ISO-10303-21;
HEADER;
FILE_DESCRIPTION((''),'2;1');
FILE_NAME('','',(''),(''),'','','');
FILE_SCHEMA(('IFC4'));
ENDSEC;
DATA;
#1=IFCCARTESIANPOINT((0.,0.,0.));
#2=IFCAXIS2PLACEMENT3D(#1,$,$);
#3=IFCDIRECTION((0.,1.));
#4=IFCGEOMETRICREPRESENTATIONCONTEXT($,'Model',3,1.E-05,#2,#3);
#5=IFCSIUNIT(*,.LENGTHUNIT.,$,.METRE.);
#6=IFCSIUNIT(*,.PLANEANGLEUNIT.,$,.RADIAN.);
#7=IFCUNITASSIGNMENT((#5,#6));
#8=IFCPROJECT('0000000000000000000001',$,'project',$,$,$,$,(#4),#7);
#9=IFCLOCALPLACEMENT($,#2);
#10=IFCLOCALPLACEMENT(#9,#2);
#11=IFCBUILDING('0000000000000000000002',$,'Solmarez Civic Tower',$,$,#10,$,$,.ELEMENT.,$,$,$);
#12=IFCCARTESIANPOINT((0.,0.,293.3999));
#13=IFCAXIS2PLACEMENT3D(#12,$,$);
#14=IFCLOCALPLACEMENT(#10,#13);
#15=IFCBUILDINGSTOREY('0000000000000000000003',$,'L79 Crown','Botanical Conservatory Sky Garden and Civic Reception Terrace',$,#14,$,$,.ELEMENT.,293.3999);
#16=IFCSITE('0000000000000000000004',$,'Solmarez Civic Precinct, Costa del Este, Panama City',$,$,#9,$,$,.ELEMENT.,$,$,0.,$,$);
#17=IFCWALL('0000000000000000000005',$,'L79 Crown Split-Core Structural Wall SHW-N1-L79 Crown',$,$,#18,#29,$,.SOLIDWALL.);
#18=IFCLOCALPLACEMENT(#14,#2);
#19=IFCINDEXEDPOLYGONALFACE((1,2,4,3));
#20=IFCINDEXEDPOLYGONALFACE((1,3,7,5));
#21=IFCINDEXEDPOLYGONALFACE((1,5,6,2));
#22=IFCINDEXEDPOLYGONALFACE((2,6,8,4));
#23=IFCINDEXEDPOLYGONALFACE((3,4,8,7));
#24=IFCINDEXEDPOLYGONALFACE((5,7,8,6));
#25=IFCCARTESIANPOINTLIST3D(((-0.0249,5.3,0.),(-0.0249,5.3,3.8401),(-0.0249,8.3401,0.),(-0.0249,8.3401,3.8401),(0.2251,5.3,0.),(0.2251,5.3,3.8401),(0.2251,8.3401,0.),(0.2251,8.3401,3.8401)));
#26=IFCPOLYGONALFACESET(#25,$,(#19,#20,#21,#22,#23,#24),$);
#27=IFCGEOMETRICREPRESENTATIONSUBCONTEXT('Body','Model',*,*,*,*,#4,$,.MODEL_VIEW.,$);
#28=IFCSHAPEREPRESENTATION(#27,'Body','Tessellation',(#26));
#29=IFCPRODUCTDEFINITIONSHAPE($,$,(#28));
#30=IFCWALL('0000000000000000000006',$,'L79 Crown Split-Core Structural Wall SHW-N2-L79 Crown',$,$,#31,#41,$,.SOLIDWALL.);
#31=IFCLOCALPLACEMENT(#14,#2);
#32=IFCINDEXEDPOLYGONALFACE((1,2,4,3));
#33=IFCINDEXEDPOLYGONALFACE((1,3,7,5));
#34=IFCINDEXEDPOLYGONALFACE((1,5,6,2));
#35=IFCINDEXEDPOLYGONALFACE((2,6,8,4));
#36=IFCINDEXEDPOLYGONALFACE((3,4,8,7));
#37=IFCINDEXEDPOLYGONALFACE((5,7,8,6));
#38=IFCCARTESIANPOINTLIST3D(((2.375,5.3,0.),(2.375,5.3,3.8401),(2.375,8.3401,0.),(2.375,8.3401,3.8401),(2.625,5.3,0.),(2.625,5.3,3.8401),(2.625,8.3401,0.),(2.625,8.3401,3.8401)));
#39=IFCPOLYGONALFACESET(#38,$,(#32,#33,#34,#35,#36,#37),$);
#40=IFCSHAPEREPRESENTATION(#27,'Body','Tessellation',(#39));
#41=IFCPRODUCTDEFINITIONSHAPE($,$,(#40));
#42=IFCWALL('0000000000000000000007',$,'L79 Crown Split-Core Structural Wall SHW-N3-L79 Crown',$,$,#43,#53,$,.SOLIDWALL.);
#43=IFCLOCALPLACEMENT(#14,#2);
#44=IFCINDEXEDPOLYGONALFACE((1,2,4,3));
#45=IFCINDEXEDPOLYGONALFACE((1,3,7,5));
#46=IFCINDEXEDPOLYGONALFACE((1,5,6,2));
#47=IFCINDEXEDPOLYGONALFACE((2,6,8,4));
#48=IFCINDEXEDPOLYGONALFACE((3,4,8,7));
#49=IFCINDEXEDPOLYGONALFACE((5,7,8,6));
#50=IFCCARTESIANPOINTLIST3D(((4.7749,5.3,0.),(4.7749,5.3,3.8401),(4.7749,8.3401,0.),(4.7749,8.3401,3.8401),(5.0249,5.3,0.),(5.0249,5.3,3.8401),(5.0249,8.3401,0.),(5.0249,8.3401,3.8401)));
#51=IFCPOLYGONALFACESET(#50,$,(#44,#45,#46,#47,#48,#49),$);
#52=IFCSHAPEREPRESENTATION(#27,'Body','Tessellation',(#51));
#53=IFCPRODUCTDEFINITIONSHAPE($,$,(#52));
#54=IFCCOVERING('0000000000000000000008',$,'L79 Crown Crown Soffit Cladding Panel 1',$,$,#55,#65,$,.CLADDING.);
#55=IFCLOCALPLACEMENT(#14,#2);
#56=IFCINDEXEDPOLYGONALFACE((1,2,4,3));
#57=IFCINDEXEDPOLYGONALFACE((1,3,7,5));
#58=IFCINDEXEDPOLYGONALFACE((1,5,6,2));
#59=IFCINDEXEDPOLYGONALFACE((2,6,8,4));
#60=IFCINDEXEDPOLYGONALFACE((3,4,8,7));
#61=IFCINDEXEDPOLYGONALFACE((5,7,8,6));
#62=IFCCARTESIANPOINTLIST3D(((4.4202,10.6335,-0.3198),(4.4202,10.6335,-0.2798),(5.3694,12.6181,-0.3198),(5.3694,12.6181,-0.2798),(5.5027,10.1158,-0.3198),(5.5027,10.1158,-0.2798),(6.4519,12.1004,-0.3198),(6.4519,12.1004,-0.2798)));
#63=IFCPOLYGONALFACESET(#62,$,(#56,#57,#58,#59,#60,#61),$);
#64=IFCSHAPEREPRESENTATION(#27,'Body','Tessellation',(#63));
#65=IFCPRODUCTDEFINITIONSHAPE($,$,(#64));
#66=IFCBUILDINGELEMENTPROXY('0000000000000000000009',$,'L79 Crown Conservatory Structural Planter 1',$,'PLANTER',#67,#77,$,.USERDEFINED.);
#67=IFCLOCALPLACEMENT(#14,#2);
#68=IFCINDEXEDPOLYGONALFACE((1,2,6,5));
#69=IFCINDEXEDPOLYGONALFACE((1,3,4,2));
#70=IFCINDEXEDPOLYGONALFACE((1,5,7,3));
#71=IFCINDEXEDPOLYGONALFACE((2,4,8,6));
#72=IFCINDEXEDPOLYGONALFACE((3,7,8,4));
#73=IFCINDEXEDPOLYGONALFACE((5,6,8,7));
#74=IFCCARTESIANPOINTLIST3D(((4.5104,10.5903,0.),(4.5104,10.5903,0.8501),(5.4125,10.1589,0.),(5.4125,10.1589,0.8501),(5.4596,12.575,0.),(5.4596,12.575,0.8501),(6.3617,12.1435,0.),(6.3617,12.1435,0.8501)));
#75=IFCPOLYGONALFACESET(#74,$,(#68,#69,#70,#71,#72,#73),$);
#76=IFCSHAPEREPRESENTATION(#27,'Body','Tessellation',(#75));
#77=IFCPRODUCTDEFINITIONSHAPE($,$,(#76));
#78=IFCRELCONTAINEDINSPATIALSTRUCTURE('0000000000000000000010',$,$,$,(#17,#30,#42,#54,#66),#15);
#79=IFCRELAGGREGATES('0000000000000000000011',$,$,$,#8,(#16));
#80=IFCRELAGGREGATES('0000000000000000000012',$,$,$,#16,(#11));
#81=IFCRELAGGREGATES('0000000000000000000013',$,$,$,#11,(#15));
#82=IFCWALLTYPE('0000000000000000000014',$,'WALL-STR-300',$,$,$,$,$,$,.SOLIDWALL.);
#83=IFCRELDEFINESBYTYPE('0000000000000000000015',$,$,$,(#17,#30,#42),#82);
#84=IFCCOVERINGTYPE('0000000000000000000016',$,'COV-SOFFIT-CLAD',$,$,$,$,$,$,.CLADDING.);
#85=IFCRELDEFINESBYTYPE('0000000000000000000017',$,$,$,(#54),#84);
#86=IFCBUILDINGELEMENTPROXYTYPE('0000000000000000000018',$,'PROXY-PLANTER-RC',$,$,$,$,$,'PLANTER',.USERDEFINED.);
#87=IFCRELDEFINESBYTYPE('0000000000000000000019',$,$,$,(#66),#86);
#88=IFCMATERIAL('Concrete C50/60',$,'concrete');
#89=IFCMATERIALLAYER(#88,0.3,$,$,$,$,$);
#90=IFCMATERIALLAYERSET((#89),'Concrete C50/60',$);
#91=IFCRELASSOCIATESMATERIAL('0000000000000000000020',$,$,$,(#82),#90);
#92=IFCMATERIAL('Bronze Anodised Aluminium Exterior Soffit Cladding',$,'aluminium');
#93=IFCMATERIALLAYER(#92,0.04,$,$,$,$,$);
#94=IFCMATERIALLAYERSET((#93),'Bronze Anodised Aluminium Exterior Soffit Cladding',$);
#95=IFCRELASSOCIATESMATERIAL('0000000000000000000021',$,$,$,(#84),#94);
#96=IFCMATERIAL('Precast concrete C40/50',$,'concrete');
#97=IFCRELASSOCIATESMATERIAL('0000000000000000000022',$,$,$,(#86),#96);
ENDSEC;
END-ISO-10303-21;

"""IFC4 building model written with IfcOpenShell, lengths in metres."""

from ifc_helpers import new_model, si_unit, direction, frame, frame_2d, origin, origin_2d, place, context, subcontext, project, spatial, rectangle, extrude, material, layer, layer_set, type_object, element, save


model = new_model("IFC4")

# Units and contexts
model_context = context("Model", 3, precision=1e-05, world=origin(), true_north=direction((0.0, 1.0)))
body_context = subcontext(model_context, "Body", "Model", "MODEL_VIEW")
ifc_project = project(units=[si_unit("LENGTHUNIT", "METRE"), si_unit("PLANEANGLEUNIT", "RADIAN")], contexts=[model_context])

# Site, building, storey
site_placement = place(None, origin())
site = spatial("IfcSite", under=ifc_project, at=site_placement, Name="Solmarez Civic Precinct, Costa del Este, Panama City", CompositionType="ELEMENT", RefElevation=0.0)
building_placement = place(site_placement, origin())
building = spatial("IfcBuilding", under=site, at=building_placement, Name="Solmarez Civic Tower", CompositionType="ELEMENT")
storey_placement = place(building_placement, frame((0.0, 0.0, 293.3999)))
storey = spatial("IfcBuildingStorey", under=building, at=storey_placement, Name="L79 Crown", Description="Botanical Conservatory Sky Garden and Civic Reception Terrace", CompositionType="ELEMENT", Elevation=293.3999)

# Shared definitions
ifc_material_1 = material(Name="Concrete C50/60", Category="concrete")
ifc_material_2 = material(Name="Precast concrete C40/50", Category="concrete")

# Shared definitions
ifc_layer_1 = layer(ifc_material_1, 0.3)
ifc_layer_set_1 = layer_set([ifc_layer_1], Name="Concrete C50/60")
wall_type_1 = type_object("IfcWallType", Name="WALL-STR-300", PredefinedType="SOLIDWALL", material=ifc_layer_set_1)

# Walls
for number, where, z_axis, x_axis, name in (
    (1, (0.1001, 5.3, 0.0), (0.0, 0.0, 1.0), (0.0, 1.0, 0.0), "L79 Crown Split-Core Structural Wall SHW-N1-L79 Crown"),
    (2, (2.5, 5.3, 0.0), (0.0, 0.0, 1.0), (0.0, 1.0, 0.0), "L79 Crown Split-Core Structural Wall SHW-N2-L79 Crown"),
    (3, (4.8999, 5.3, 0.0), (0.0, 0.0, 1.0), (0.0, 1.0, 0.0), "L79 Crown Split-Core Structural Wall SHW-N3-L79 Crown"),
):
    element("IfcWall", number, at=place(storey_placement, frame(where, z_axis=z_axis, x_axis=x_axis)), inside=storey, type_object=wall_type_1, Name=name, PredefinedType="SOLIDWALL", context=body_context, shape_type="SweptSolid", body=[
        extrude(rectangle(XDim=3.04, YDim=0.25, at=frame_2d((1.52, 0.0))), origin(), (0.0, 0.0, 1.0), 3.8401),
    ])

# Covering
ifc_material_3 = material(Name="Bronze Anodised Aluminium Exterior Soffit Cladding", Category="aluminium")
ifc_layer_2 = layer(ifc_material_3, 0.04)
ifc_layer_set_2 = layer_set([ifc_layer_2], Name="Bronze Anodised Aluminium Exterior Soffit Cladding")
covering_type = type_object("IfcCoveringType", Name="COV-SOFFIT-CLAD", PredefinedType="CLADDING", material=ifc_layer_set_2)
covering_placement = place(storey_placement, frame((5.436, 11.3669, -0.3198), z_axis=(0.0, 0.0, 1.0), x_axis=(0.431456, 0.902134, 0.0)))
element("IfcCovering", 4, at=covering_placement, inside=storey, type_object=covering_type, Name="L79 Crown Crown Soffit Cladding Panel 1", PredefinedType="CLADDING", context=body_context, shape_type="SweptSolid", body=[
    extrude(rectangle(XDim=2.2, YDim=1.2, at=origin_2d()), origin(), (0.0, 0.0, 1.0), 0.04),
])

# Building element proxy
building_element_proxy_type = type_object("IfcBuildingElementProxyType", Name="PROXY-PLANTER-RC", ElementType="PLANTER", PredefinedType="USERDEFINED", material=ifc_material_2)
proxy_placement = place(storey_placement, frame((5.436, 11.3669, 0.0), z_axis=(0.0, 0.0, 1.0), x_axis=(0.431456, 0.902134, 0.0)))
element("IfcBuildingElementProxy", 5, at=proxy_placement, inside=storey, type_object=building_element_proxy_type, Name="L79 Crown Conservatory Structural Planter 1", ObjectType="PLANTER", PredefinedType="USERDEFINED", context=body_context, shape_type="SweptSolid", body=[
    extrude(rectangle(XDim=2.2, YDim=1.0, at=origin_2d()), origin(), (0.0, 0.0, 1.0), 0.8501),
])

save(model, "model.ifc")
